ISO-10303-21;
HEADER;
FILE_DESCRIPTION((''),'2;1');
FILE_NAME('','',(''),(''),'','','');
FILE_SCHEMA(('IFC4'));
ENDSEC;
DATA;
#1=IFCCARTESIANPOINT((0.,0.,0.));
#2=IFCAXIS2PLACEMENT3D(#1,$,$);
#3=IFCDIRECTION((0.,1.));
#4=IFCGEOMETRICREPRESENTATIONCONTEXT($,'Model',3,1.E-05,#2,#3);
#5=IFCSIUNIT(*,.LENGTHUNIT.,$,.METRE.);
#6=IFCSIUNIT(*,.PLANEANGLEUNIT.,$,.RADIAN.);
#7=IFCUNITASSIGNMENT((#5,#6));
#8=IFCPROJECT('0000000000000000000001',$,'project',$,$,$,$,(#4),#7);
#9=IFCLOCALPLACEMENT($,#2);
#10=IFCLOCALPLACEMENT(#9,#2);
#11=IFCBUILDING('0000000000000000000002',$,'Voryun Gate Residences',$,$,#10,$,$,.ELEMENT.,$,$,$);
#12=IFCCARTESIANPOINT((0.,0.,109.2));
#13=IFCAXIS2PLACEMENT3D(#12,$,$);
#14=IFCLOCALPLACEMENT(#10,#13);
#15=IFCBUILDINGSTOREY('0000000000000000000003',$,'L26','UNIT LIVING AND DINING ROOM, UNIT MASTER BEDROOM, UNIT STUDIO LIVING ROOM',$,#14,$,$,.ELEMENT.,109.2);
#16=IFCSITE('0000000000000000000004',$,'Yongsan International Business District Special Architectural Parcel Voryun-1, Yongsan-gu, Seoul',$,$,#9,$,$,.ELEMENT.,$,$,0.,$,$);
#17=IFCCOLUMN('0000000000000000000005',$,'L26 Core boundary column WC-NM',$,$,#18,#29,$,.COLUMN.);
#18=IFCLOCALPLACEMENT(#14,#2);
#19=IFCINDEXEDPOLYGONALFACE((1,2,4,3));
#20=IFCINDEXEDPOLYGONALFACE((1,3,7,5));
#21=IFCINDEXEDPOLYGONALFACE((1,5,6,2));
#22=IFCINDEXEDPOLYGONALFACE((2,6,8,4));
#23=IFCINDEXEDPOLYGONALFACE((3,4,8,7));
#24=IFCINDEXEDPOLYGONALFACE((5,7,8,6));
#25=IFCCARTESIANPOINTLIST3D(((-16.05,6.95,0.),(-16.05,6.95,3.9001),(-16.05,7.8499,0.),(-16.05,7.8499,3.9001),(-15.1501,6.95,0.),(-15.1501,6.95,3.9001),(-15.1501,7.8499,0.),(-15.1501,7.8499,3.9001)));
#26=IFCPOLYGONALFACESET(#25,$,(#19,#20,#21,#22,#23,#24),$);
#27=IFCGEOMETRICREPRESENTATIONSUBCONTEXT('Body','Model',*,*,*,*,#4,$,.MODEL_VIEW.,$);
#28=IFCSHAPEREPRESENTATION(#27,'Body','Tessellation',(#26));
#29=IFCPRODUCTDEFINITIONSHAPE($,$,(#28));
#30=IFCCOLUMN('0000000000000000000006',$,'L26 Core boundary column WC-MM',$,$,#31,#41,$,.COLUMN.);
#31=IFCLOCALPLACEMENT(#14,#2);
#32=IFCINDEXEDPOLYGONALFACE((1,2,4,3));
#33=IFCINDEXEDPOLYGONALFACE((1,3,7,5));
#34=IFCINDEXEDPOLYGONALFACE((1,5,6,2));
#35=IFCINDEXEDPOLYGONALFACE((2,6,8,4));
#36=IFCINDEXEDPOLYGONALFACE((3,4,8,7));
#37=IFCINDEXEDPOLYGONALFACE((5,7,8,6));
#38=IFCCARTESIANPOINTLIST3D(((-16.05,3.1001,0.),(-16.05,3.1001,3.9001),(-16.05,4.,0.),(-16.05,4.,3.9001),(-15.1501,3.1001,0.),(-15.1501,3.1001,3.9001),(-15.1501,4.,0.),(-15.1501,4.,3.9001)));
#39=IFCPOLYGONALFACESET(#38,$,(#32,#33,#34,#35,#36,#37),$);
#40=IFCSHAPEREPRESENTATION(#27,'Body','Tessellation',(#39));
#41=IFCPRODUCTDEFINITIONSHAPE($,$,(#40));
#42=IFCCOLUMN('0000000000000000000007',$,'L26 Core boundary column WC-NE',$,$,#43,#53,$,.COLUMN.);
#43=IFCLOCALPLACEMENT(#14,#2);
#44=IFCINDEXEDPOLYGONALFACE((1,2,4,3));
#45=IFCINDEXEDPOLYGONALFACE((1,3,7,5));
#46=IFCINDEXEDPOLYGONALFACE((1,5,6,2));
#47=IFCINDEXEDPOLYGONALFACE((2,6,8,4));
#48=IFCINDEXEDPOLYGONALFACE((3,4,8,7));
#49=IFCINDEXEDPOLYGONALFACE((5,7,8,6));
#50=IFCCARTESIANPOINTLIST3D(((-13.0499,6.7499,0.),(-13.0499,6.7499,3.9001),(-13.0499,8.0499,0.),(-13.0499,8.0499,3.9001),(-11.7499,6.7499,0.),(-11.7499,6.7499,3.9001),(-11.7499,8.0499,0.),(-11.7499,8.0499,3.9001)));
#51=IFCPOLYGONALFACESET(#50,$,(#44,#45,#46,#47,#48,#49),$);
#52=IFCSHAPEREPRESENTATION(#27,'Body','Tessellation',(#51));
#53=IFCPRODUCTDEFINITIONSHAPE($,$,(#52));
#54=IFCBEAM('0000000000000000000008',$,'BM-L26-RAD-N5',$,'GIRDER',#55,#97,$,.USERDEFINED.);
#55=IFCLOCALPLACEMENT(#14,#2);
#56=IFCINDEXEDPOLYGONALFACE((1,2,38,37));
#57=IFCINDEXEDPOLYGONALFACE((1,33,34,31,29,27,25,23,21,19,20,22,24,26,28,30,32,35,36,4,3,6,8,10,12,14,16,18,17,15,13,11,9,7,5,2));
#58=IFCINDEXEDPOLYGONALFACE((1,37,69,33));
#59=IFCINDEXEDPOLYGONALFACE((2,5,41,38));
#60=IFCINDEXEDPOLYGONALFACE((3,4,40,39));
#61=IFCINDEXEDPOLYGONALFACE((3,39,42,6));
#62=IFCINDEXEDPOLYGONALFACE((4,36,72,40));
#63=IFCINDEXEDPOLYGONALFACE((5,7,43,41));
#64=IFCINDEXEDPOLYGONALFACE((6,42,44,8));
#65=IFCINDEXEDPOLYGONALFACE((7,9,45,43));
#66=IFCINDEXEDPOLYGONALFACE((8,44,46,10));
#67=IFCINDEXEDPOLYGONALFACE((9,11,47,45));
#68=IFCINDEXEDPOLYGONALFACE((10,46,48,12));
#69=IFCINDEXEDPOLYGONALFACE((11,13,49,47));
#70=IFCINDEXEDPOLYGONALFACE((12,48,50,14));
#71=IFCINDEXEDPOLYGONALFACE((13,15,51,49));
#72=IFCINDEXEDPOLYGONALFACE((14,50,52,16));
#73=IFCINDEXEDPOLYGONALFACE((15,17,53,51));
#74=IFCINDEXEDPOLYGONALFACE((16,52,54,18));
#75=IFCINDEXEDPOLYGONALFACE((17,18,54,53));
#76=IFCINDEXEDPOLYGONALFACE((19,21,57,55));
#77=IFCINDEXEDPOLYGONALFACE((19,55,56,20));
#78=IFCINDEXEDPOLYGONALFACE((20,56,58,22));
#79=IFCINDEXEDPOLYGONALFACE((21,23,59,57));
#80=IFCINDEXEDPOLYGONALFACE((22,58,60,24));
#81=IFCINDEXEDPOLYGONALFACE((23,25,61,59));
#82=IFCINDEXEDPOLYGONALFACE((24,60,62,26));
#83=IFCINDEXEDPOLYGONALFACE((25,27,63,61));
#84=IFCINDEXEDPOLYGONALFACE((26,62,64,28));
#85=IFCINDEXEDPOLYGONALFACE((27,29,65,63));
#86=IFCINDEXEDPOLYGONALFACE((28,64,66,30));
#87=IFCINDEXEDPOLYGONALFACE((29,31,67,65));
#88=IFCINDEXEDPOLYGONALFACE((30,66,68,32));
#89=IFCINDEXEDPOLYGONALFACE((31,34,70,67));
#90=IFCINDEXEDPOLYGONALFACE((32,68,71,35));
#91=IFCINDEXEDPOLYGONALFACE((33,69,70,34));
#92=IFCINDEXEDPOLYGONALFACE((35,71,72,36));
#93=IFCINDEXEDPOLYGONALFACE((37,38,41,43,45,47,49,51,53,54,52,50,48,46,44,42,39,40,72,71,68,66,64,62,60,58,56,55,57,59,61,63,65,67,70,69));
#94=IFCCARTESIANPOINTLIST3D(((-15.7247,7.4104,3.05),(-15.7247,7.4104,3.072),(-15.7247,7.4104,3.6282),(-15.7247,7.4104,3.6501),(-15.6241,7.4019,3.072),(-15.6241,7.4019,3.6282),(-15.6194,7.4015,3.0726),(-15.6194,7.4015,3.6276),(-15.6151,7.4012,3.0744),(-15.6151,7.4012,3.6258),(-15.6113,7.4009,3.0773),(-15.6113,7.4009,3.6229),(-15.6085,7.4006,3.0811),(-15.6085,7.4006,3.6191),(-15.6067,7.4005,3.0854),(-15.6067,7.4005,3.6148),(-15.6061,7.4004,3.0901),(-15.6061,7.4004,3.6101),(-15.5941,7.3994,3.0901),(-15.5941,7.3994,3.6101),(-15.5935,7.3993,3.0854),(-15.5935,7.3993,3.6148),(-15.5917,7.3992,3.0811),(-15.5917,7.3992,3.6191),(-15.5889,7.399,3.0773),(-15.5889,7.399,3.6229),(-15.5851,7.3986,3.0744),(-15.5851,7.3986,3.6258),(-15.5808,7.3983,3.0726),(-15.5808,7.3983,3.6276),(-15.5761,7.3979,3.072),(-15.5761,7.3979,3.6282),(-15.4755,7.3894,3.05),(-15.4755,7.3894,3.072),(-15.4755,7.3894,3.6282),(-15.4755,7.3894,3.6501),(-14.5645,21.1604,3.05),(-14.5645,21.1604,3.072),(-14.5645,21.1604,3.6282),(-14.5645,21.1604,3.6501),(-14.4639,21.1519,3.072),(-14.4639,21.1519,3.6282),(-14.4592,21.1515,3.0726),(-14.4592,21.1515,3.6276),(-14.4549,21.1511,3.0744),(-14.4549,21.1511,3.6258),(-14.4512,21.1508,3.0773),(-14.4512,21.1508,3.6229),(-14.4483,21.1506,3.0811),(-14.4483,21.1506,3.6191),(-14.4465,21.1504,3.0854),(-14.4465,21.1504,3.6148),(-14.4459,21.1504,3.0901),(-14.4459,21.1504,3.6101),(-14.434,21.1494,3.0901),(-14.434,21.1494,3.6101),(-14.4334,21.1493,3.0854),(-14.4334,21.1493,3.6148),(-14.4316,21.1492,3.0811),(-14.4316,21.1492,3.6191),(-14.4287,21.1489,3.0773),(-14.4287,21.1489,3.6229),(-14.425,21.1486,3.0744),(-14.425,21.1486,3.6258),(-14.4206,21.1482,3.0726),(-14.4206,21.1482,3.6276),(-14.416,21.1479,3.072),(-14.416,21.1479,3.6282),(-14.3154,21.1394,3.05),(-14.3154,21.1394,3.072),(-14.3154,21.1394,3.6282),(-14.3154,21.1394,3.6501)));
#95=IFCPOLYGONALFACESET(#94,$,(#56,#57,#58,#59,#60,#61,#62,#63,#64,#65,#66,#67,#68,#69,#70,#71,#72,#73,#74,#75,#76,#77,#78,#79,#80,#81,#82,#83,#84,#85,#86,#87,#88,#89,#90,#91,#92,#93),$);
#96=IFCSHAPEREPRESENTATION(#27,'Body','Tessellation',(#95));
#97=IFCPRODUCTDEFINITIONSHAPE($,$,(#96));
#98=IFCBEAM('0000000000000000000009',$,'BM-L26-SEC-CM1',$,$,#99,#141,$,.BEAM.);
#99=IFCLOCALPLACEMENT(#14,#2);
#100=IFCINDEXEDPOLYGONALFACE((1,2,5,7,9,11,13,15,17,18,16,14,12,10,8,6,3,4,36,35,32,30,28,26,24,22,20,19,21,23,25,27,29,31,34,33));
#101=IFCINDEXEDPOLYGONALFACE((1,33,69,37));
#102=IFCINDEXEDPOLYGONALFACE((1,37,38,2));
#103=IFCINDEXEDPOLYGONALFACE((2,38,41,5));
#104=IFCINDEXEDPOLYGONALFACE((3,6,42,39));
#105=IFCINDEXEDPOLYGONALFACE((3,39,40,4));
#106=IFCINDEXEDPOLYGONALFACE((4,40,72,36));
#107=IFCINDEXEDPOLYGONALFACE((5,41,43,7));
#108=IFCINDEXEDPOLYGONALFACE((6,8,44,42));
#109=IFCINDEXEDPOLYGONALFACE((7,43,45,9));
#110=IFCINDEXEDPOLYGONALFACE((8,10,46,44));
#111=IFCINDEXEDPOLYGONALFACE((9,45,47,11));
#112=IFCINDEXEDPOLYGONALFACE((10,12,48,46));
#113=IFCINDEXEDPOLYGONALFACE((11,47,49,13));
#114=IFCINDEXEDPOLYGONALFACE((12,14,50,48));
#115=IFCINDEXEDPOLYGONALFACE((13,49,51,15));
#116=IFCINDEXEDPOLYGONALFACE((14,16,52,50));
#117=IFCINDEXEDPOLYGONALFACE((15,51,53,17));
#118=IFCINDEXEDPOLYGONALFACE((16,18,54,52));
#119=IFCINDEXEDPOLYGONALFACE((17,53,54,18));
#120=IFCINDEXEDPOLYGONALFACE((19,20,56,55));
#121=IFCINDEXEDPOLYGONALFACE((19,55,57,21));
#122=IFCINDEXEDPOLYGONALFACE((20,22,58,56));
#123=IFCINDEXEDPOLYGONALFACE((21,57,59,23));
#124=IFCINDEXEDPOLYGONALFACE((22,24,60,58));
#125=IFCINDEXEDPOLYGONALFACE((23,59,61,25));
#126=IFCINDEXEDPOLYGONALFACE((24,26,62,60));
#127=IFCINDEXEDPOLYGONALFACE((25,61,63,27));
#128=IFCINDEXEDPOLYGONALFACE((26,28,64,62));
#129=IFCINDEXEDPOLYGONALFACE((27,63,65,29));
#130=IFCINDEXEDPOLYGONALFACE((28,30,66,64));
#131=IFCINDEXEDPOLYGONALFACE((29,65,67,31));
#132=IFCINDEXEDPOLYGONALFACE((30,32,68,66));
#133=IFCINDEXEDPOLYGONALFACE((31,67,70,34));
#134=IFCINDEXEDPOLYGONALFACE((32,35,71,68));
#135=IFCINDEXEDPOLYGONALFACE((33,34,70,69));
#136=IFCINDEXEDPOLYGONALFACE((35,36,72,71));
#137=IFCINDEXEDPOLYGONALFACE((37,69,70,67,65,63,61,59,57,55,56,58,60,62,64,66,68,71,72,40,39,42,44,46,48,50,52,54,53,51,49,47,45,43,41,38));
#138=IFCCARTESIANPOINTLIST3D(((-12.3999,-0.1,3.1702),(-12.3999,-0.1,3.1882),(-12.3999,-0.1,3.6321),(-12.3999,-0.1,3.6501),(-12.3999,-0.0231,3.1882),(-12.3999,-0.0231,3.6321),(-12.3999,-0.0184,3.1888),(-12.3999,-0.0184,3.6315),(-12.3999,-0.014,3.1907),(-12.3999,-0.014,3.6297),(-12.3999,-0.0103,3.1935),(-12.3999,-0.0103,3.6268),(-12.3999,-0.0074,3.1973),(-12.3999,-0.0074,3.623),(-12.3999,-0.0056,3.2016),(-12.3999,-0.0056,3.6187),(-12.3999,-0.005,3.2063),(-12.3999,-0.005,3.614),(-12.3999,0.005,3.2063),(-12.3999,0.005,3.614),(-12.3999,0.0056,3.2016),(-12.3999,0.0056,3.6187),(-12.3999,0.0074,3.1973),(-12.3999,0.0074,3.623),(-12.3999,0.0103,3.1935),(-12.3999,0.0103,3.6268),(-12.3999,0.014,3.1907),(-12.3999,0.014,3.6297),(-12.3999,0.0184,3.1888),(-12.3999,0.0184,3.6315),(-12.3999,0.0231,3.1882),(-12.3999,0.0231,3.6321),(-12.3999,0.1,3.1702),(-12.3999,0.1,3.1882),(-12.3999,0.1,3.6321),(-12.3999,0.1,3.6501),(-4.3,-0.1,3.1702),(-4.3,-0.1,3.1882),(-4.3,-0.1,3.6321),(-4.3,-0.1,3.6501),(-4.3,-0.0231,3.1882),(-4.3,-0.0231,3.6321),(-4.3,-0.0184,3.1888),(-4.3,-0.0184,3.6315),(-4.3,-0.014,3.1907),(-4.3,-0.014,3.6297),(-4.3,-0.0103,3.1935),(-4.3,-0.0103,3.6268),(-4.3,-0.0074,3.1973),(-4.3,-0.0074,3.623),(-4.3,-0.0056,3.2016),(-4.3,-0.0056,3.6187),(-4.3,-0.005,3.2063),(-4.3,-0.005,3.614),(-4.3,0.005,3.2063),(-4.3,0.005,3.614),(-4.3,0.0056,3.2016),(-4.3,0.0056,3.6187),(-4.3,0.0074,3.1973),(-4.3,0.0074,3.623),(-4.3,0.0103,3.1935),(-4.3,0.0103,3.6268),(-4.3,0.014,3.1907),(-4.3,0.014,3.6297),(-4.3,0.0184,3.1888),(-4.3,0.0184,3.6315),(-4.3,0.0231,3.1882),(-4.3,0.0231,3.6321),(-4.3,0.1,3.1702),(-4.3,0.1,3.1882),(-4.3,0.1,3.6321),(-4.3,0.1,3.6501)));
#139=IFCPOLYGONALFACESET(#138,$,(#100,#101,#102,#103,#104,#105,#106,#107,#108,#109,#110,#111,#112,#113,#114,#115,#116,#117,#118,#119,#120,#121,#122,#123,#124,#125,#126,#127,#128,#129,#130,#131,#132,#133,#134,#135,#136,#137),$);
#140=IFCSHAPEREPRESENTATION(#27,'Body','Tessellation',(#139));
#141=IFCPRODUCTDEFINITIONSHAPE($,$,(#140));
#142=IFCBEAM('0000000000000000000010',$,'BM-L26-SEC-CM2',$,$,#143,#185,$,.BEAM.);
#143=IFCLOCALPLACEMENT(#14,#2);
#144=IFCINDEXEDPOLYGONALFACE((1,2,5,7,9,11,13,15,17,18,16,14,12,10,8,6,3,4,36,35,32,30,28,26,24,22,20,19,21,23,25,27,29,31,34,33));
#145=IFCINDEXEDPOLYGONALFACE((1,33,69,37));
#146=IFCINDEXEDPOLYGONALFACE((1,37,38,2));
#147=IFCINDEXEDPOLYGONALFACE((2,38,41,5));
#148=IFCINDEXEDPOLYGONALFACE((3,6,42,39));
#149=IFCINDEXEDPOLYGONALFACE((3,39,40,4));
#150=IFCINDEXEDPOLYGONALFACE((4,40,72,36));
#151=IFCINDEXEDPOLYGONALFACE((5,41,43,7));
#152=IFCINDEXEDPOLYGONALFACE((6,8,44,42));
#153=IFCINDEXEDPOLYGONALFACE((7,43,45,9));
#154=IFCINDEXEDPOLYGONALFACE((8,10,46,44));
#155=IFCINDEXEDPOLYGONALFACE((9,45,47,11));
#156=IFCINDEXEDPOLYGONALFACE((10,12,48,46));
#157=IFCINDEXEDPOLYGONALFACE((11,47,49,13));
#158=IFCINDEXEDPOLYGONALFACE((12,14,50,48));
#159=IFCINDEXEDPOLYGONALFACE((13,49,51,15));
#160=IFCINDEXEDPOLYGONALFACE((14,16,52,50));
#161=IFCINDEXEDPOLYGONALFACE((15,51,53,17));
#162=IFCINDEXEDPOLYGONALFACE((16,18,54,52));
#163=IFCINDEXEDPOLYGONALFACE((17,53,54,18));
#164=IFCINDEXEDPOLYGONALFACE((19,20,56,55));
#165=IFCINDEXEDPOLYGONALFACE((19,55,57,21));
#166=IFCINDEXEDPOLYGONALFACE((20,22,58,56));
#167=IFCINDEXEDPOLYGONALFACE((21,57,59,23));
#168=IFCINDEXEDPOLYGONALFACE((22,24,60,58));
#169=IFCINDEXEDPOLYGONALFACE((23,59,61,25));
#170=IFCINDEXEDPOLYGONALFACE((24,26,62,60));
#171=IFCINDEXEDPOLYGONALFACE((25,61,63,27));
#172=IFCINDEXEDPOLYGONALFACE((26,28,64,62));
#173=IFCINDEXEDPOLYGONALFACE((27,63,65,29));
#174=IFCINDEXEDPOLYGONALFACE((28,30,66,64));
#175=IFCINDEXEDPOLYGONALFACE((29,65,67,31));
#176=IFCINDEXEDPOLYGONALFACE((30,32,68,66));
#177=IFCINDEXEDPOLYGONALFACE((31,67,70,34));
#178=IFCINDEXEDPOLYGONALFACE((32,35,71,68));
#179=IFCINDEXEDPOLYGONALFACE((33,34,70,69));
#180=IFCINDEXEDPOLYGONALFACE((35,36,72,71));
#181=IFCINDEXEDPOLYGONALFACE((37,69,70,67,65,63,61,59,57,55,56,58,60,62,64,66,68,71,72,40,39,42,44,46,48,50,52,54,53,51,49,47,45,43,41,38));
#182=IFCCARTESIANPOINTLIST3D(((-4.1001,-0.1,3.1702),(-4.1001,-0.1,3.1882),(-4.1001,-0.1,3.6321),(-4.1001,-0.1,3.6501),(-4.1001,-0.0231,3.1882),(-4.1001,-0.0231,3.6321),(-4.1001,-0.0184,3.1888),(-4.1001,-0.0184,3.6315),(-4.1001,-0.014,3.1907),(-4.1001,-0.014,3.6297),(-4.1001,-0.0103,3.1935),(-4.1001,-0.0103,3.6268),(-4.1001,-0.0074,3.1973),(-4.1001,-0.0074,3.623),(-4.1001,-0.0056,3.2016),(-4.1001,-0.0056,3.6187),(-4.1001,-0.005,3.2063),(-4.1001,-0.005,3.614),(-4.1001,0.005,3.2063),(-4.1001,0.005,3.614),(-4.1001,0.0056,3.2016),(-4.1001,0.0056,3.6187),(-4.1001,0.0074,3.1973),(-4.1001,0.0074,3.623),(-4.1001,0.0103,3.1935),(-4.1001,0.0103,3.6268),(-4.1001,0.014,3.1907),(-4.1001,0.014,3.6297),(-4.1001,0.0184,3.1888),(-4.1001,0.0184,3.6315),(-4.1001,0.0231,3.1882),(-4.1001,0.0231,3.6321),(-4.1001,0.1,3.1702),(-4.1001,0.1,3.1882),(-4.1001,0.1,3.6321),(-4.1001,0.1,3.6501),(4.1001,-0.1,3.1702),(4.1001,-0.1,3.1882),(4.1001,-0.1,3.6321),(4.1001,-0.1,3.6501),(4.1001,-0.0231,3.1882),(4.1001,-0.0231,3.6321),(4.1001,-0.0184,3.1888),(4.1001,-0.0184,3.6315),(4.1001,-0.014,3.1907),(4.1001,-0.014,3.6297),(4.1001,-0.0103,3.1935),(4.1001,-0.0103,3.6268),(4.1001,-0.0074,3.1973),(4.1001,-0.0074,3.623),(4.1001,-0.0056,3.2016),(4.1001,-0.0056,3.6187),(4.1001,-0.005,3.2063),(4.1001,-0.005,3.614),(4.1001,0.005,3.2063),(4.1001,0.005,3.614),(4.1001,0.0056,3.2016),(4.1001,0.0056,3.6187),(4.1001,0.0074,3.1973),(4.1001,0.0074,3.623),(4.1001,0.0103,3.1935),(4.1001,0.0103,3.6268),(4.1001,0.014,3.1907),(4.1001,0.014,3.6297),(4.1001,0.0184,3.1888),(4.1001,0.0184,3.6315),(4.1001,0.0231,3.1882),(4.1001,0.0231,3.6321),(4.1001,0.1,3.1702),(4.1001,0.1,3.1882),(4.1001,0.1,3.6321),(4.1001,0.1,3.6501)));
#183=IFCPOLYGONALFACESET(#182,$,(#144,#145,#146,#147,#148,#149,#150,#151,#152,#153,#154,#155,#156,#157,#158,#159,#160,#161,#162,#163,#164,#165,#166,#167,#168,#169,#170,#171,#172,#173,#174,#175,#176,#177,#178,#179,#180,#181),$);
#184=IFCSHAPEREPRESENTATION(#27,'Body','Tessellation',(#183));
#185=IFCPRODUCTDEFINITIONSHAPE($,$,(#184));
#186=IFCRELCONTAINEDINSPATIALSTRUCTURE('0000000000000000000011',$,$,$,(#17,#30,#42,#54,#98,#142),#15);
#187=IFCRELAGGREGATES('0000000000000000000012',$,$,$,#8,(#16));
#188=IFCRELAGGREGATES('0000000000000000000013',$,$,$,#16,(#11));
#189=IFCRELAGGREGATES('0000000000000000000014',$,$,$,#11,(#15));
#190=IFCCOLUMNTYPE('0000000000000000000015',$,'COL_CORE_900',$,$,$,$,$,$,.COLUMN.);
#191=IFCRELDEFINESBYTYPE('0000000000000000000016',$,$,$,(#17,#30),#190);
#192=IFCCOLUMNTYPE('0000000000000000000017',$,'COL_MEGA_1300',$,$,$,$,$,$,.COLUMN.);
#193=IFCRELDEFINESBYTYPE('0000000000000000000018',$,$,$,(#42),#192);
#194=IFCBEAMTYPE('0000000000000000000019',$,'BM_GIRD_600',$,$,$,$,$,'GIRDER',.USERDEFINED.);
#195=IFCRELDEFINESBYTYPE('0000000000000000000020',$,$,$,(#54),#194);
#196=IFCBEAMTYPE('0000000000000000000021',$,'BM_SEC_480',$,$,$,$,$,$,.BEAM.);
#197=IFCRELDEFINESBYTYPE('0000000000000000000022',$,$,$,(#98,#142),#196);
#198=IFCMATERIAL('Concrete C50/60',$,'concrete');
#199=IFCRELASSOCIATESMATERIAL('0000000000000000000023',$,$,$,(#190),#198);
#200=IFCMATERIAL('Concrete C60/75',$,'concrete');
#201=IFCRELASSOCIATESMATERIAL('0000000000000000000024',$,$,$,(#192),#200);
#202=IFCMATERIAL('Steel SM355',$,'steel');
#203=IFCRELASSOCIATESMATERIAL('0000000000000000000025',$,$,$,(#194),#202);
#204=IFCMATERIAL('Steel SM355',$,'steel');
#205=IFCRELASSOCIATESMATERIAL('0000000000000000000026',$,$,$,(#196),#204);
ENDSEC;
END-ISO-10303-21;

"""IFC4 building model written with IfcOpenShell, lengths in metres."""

from ifc_helpers import new_model, si_unit, direction, frame, origin, origin_2d, place, context, subcontext, project, spatial, rectangle, i_section, extrude, material, material_profile, profile_set, type_object, element, save


model = new_model("IFC4")

# Units and contexts
model_context = context("Model", 3, precision=1e-05, world=origin(), true_north=direction((0.0, 1.0)))
body_context = subcontext(model_context, "Body", "Model", "MODEL_VIEW")
ifc_project = project(units=[si_unit("LENGTHUNIT", "METRE"), si_unit("PLANEANGLEUNIT", "RADIAN")], contexts=[model_context])

# Site, building, storey
site_placement = place(None, origin())
site = spatial("IfcSite", under=ifc_project, at=site_placement, Name="Yongsan International Business District Special Architectural Parcel Voryun-1, Yongsan-gu, Seoul", CompositionType="ELEMENT", RefElevation=0.0)
building_placement = place(site_placement, origin())
building = spatial("IfcBuilding", under=site, at=building_placement, Name="Voryun Gate Residences", CompositionType="ELEMENT")
storey_placement = place(building_placement, frame((0.0, 0.0, 109.2)))
storey = spatial("IfcBuildingStorey", under=building, at=storey_placement, Name="L26", Description="UNIT LIVING AND DINING ROOM, UNIT MASTER BEDROOM, UNIT STUDIO LIVING ROOM", CompositionType="ELEMENT", Elevation=109.2)

# Columns
ifc_material_1 = material(Name="Concrete C50/60", Category="concrete")
ifc_material_profile_1 = material_profile(ifc_material_1, rectangle(XDim=0.8999, YDim=0.8999, at=origin_2d()), Name="RC-900x900")
ifc_profile_set_1 = profile_set([ifc_material_profile_1], Name="Concrete C50/60")
column_type_1 = type_object("IfcColumnType", Name="COL_CORE_900", PredefinedType="COLUMN", material=ifc_profile_set_1)
for number, where, z_axis, x_axis, name in (
    (1, (-15.6001, 7.3999, 0.0), (0.0, 0.0, 1.0), (1.0, 0.0, 0.0), "L26 Core boundary column WC-NM"),
    (2, (-15.6001, 3.55, 0.0), (0.0, 0.0, 1.0), (1.0, 0.0, 0.0), "L26 Core boundary column WC-MM"),
):
    element("IfcColumn", number, at=place(storey_placement, frame(where, z_axis=z_axis, x_axis=x_axis)), inside=storey, type_object=column_type_1, Name=name, PredefinedType="COLUMN", context=body_context, shape_type="SweptSolid", body=[
        extrude(rectangle(XDim=0.8999, YDim=0.8999, at=origin_2d()), origin(), (0.0, 0.0, 1.0), 3.9001),
    ])
ifc_material_2 = material(Name="Concrete C60/75", Category="concrete")
ifc_material_profile_2 = material_profile(ifc_material_2, rectangle(XDim=1.3, YDim=1.3, at=origin_2d()), Name="RC-1300x1300")
ifc_profile_set_2 = profile_set([ifc_material_profile_2], Name="Concrete C60/75")
column_type_2 = type_object("IfcColumnType", Name="COL_MEGA_1300", PredefinedType="COLUMN", material=ifc_profile_set_2)
column_placement = place(storey_placement, frame((-12.3999, 7.3999, 0.0), z_axis=(0.0, 0.0, 1.0), x_axis=(1.0, 0.0, 0.0)))
element("IfcColumn", 3, at=column_placement, inside=storey, type_object=column_type_2, Name="L26 Core boundary column WC-NE", PredefinedType="COLUMN", context=body_context, shape_type="SweptSolid", body=[
    extrude(rectangle(XDim=1.3, YDim=1.3, at=origin_2d()), origin(), (0.0, 0.0, 1.0), 3.9001),
])

# Beams
ifc_material_3 = material(Name="Steel SM355", Category="steel")
ifc_material_profile_3 = material_profile(ifc_material_3, i_section(OverallWidth=0.25, OverallDepth=0.6001, WebThickness=0.012, FlangeThickness=0.022, FilletRadius=0.0181, at=origin_2d()), Name="H-600x250x12x22")
ifc_profile_set_3 = profile_set([ifc_material_profile_3], Name="Steel SM355")
beam_type_1 = type_object("IfcBeamType", Name="BM_GIRD_600", ElementType="GIRDER", PredefinedType="USERDEFINED", material=ifc_profile_set_3)
beam_1_placement = place(storey_placement, frame((-15.6001, 7.3999, 3.3501), z_axis=(0.084076, 0.996459, 0.0), x_axis=(-0.996459, 0.084076, 0.0)))
element("IfcBeam", 4, at=beam_1_placement, inside=storey, type_object=beam_type_1, Name="BM-L26-RAD-N5", ObjectType="GIRDER", PredefinedType="USERDEFINED", context=body_context, shape_type="SweptSolid", body=[
    extrude(i_section(OverallWidth=0.25, OverallDepth=0.6001, WebThickness=0.012, FlangeThickness=0.022, FilletRadius=0.0181, at=origin_2d()), origin(), (0.0, 0.0, 1.0), 13.7988),
])
ifc_material_4 = material(Name="Steel SM355", Category="steel")
ifc_material_profile_4 = material_profile(ifc_material_4, i_section(OverallWidth=0.2, OverallDepth=0.48, WebThickness=0.01, FlangeThickness=0.0181, FilletRadius=0.0181, at=origin_2d()), Name="H-480x200x10x18")
ifc_profile_set_4 = profile_set([ifc_material_profile_4], Name="Steel SM355")
beam_type_2 = type_object("IfcBeamType", Name="BM_SEC_480", PredefinedType="BEAM", material=ifc_profile_set_4)
beam_2_placement = place(storey_placement, frame((-12.3999, 0.0, 3.4102), z_axis=(1.0, 0.0, 0.0), x_axis=(0.0, 1.0, 0.0)))
element("IfcBeam", 5, at=beam_2_placement, inside=storey, type_object=beam_type_2, Name="BM-L26-SEC-CM1", PredefinedType="BEAM", context=body_context, shape_type="SweptSolid", body=[
    extrude(i_section(OverallWidth=0.2, OverallDepth=0.48, WebThickness=0.01, FlangeThickness=0.0181, FilletRadius=0.0181, at=origin_2d()), origin(), (0.0, 0.0, 1.0), 8.0999),
])
beam_3_placement = place(storey_placement, frame((-4.1001, 0.0, 3.4102), z_axis=(1.0, 0.0, 0.0), x_axis=(0.0, 1.0, 0.0)))
element("IfcBeam", 6, at=beam_3_placement, inside=storey, type_object=beam_type_2, Name="BM-L26-SEC-CM2", PredefinedType="BEAM", context=body_context, shape_type="SweptSolid", body=[
    extrude(i_section(OverallWidth=0.2, OverallDepth=0.48, WebThickness=0.01, FlangeThickness=0.0181, FilletRadius=0.0181, at=origin_2d()), origin(), (0.0, 0.0, 1.0), 8.2002),
])

save(model, "model.ifc")
